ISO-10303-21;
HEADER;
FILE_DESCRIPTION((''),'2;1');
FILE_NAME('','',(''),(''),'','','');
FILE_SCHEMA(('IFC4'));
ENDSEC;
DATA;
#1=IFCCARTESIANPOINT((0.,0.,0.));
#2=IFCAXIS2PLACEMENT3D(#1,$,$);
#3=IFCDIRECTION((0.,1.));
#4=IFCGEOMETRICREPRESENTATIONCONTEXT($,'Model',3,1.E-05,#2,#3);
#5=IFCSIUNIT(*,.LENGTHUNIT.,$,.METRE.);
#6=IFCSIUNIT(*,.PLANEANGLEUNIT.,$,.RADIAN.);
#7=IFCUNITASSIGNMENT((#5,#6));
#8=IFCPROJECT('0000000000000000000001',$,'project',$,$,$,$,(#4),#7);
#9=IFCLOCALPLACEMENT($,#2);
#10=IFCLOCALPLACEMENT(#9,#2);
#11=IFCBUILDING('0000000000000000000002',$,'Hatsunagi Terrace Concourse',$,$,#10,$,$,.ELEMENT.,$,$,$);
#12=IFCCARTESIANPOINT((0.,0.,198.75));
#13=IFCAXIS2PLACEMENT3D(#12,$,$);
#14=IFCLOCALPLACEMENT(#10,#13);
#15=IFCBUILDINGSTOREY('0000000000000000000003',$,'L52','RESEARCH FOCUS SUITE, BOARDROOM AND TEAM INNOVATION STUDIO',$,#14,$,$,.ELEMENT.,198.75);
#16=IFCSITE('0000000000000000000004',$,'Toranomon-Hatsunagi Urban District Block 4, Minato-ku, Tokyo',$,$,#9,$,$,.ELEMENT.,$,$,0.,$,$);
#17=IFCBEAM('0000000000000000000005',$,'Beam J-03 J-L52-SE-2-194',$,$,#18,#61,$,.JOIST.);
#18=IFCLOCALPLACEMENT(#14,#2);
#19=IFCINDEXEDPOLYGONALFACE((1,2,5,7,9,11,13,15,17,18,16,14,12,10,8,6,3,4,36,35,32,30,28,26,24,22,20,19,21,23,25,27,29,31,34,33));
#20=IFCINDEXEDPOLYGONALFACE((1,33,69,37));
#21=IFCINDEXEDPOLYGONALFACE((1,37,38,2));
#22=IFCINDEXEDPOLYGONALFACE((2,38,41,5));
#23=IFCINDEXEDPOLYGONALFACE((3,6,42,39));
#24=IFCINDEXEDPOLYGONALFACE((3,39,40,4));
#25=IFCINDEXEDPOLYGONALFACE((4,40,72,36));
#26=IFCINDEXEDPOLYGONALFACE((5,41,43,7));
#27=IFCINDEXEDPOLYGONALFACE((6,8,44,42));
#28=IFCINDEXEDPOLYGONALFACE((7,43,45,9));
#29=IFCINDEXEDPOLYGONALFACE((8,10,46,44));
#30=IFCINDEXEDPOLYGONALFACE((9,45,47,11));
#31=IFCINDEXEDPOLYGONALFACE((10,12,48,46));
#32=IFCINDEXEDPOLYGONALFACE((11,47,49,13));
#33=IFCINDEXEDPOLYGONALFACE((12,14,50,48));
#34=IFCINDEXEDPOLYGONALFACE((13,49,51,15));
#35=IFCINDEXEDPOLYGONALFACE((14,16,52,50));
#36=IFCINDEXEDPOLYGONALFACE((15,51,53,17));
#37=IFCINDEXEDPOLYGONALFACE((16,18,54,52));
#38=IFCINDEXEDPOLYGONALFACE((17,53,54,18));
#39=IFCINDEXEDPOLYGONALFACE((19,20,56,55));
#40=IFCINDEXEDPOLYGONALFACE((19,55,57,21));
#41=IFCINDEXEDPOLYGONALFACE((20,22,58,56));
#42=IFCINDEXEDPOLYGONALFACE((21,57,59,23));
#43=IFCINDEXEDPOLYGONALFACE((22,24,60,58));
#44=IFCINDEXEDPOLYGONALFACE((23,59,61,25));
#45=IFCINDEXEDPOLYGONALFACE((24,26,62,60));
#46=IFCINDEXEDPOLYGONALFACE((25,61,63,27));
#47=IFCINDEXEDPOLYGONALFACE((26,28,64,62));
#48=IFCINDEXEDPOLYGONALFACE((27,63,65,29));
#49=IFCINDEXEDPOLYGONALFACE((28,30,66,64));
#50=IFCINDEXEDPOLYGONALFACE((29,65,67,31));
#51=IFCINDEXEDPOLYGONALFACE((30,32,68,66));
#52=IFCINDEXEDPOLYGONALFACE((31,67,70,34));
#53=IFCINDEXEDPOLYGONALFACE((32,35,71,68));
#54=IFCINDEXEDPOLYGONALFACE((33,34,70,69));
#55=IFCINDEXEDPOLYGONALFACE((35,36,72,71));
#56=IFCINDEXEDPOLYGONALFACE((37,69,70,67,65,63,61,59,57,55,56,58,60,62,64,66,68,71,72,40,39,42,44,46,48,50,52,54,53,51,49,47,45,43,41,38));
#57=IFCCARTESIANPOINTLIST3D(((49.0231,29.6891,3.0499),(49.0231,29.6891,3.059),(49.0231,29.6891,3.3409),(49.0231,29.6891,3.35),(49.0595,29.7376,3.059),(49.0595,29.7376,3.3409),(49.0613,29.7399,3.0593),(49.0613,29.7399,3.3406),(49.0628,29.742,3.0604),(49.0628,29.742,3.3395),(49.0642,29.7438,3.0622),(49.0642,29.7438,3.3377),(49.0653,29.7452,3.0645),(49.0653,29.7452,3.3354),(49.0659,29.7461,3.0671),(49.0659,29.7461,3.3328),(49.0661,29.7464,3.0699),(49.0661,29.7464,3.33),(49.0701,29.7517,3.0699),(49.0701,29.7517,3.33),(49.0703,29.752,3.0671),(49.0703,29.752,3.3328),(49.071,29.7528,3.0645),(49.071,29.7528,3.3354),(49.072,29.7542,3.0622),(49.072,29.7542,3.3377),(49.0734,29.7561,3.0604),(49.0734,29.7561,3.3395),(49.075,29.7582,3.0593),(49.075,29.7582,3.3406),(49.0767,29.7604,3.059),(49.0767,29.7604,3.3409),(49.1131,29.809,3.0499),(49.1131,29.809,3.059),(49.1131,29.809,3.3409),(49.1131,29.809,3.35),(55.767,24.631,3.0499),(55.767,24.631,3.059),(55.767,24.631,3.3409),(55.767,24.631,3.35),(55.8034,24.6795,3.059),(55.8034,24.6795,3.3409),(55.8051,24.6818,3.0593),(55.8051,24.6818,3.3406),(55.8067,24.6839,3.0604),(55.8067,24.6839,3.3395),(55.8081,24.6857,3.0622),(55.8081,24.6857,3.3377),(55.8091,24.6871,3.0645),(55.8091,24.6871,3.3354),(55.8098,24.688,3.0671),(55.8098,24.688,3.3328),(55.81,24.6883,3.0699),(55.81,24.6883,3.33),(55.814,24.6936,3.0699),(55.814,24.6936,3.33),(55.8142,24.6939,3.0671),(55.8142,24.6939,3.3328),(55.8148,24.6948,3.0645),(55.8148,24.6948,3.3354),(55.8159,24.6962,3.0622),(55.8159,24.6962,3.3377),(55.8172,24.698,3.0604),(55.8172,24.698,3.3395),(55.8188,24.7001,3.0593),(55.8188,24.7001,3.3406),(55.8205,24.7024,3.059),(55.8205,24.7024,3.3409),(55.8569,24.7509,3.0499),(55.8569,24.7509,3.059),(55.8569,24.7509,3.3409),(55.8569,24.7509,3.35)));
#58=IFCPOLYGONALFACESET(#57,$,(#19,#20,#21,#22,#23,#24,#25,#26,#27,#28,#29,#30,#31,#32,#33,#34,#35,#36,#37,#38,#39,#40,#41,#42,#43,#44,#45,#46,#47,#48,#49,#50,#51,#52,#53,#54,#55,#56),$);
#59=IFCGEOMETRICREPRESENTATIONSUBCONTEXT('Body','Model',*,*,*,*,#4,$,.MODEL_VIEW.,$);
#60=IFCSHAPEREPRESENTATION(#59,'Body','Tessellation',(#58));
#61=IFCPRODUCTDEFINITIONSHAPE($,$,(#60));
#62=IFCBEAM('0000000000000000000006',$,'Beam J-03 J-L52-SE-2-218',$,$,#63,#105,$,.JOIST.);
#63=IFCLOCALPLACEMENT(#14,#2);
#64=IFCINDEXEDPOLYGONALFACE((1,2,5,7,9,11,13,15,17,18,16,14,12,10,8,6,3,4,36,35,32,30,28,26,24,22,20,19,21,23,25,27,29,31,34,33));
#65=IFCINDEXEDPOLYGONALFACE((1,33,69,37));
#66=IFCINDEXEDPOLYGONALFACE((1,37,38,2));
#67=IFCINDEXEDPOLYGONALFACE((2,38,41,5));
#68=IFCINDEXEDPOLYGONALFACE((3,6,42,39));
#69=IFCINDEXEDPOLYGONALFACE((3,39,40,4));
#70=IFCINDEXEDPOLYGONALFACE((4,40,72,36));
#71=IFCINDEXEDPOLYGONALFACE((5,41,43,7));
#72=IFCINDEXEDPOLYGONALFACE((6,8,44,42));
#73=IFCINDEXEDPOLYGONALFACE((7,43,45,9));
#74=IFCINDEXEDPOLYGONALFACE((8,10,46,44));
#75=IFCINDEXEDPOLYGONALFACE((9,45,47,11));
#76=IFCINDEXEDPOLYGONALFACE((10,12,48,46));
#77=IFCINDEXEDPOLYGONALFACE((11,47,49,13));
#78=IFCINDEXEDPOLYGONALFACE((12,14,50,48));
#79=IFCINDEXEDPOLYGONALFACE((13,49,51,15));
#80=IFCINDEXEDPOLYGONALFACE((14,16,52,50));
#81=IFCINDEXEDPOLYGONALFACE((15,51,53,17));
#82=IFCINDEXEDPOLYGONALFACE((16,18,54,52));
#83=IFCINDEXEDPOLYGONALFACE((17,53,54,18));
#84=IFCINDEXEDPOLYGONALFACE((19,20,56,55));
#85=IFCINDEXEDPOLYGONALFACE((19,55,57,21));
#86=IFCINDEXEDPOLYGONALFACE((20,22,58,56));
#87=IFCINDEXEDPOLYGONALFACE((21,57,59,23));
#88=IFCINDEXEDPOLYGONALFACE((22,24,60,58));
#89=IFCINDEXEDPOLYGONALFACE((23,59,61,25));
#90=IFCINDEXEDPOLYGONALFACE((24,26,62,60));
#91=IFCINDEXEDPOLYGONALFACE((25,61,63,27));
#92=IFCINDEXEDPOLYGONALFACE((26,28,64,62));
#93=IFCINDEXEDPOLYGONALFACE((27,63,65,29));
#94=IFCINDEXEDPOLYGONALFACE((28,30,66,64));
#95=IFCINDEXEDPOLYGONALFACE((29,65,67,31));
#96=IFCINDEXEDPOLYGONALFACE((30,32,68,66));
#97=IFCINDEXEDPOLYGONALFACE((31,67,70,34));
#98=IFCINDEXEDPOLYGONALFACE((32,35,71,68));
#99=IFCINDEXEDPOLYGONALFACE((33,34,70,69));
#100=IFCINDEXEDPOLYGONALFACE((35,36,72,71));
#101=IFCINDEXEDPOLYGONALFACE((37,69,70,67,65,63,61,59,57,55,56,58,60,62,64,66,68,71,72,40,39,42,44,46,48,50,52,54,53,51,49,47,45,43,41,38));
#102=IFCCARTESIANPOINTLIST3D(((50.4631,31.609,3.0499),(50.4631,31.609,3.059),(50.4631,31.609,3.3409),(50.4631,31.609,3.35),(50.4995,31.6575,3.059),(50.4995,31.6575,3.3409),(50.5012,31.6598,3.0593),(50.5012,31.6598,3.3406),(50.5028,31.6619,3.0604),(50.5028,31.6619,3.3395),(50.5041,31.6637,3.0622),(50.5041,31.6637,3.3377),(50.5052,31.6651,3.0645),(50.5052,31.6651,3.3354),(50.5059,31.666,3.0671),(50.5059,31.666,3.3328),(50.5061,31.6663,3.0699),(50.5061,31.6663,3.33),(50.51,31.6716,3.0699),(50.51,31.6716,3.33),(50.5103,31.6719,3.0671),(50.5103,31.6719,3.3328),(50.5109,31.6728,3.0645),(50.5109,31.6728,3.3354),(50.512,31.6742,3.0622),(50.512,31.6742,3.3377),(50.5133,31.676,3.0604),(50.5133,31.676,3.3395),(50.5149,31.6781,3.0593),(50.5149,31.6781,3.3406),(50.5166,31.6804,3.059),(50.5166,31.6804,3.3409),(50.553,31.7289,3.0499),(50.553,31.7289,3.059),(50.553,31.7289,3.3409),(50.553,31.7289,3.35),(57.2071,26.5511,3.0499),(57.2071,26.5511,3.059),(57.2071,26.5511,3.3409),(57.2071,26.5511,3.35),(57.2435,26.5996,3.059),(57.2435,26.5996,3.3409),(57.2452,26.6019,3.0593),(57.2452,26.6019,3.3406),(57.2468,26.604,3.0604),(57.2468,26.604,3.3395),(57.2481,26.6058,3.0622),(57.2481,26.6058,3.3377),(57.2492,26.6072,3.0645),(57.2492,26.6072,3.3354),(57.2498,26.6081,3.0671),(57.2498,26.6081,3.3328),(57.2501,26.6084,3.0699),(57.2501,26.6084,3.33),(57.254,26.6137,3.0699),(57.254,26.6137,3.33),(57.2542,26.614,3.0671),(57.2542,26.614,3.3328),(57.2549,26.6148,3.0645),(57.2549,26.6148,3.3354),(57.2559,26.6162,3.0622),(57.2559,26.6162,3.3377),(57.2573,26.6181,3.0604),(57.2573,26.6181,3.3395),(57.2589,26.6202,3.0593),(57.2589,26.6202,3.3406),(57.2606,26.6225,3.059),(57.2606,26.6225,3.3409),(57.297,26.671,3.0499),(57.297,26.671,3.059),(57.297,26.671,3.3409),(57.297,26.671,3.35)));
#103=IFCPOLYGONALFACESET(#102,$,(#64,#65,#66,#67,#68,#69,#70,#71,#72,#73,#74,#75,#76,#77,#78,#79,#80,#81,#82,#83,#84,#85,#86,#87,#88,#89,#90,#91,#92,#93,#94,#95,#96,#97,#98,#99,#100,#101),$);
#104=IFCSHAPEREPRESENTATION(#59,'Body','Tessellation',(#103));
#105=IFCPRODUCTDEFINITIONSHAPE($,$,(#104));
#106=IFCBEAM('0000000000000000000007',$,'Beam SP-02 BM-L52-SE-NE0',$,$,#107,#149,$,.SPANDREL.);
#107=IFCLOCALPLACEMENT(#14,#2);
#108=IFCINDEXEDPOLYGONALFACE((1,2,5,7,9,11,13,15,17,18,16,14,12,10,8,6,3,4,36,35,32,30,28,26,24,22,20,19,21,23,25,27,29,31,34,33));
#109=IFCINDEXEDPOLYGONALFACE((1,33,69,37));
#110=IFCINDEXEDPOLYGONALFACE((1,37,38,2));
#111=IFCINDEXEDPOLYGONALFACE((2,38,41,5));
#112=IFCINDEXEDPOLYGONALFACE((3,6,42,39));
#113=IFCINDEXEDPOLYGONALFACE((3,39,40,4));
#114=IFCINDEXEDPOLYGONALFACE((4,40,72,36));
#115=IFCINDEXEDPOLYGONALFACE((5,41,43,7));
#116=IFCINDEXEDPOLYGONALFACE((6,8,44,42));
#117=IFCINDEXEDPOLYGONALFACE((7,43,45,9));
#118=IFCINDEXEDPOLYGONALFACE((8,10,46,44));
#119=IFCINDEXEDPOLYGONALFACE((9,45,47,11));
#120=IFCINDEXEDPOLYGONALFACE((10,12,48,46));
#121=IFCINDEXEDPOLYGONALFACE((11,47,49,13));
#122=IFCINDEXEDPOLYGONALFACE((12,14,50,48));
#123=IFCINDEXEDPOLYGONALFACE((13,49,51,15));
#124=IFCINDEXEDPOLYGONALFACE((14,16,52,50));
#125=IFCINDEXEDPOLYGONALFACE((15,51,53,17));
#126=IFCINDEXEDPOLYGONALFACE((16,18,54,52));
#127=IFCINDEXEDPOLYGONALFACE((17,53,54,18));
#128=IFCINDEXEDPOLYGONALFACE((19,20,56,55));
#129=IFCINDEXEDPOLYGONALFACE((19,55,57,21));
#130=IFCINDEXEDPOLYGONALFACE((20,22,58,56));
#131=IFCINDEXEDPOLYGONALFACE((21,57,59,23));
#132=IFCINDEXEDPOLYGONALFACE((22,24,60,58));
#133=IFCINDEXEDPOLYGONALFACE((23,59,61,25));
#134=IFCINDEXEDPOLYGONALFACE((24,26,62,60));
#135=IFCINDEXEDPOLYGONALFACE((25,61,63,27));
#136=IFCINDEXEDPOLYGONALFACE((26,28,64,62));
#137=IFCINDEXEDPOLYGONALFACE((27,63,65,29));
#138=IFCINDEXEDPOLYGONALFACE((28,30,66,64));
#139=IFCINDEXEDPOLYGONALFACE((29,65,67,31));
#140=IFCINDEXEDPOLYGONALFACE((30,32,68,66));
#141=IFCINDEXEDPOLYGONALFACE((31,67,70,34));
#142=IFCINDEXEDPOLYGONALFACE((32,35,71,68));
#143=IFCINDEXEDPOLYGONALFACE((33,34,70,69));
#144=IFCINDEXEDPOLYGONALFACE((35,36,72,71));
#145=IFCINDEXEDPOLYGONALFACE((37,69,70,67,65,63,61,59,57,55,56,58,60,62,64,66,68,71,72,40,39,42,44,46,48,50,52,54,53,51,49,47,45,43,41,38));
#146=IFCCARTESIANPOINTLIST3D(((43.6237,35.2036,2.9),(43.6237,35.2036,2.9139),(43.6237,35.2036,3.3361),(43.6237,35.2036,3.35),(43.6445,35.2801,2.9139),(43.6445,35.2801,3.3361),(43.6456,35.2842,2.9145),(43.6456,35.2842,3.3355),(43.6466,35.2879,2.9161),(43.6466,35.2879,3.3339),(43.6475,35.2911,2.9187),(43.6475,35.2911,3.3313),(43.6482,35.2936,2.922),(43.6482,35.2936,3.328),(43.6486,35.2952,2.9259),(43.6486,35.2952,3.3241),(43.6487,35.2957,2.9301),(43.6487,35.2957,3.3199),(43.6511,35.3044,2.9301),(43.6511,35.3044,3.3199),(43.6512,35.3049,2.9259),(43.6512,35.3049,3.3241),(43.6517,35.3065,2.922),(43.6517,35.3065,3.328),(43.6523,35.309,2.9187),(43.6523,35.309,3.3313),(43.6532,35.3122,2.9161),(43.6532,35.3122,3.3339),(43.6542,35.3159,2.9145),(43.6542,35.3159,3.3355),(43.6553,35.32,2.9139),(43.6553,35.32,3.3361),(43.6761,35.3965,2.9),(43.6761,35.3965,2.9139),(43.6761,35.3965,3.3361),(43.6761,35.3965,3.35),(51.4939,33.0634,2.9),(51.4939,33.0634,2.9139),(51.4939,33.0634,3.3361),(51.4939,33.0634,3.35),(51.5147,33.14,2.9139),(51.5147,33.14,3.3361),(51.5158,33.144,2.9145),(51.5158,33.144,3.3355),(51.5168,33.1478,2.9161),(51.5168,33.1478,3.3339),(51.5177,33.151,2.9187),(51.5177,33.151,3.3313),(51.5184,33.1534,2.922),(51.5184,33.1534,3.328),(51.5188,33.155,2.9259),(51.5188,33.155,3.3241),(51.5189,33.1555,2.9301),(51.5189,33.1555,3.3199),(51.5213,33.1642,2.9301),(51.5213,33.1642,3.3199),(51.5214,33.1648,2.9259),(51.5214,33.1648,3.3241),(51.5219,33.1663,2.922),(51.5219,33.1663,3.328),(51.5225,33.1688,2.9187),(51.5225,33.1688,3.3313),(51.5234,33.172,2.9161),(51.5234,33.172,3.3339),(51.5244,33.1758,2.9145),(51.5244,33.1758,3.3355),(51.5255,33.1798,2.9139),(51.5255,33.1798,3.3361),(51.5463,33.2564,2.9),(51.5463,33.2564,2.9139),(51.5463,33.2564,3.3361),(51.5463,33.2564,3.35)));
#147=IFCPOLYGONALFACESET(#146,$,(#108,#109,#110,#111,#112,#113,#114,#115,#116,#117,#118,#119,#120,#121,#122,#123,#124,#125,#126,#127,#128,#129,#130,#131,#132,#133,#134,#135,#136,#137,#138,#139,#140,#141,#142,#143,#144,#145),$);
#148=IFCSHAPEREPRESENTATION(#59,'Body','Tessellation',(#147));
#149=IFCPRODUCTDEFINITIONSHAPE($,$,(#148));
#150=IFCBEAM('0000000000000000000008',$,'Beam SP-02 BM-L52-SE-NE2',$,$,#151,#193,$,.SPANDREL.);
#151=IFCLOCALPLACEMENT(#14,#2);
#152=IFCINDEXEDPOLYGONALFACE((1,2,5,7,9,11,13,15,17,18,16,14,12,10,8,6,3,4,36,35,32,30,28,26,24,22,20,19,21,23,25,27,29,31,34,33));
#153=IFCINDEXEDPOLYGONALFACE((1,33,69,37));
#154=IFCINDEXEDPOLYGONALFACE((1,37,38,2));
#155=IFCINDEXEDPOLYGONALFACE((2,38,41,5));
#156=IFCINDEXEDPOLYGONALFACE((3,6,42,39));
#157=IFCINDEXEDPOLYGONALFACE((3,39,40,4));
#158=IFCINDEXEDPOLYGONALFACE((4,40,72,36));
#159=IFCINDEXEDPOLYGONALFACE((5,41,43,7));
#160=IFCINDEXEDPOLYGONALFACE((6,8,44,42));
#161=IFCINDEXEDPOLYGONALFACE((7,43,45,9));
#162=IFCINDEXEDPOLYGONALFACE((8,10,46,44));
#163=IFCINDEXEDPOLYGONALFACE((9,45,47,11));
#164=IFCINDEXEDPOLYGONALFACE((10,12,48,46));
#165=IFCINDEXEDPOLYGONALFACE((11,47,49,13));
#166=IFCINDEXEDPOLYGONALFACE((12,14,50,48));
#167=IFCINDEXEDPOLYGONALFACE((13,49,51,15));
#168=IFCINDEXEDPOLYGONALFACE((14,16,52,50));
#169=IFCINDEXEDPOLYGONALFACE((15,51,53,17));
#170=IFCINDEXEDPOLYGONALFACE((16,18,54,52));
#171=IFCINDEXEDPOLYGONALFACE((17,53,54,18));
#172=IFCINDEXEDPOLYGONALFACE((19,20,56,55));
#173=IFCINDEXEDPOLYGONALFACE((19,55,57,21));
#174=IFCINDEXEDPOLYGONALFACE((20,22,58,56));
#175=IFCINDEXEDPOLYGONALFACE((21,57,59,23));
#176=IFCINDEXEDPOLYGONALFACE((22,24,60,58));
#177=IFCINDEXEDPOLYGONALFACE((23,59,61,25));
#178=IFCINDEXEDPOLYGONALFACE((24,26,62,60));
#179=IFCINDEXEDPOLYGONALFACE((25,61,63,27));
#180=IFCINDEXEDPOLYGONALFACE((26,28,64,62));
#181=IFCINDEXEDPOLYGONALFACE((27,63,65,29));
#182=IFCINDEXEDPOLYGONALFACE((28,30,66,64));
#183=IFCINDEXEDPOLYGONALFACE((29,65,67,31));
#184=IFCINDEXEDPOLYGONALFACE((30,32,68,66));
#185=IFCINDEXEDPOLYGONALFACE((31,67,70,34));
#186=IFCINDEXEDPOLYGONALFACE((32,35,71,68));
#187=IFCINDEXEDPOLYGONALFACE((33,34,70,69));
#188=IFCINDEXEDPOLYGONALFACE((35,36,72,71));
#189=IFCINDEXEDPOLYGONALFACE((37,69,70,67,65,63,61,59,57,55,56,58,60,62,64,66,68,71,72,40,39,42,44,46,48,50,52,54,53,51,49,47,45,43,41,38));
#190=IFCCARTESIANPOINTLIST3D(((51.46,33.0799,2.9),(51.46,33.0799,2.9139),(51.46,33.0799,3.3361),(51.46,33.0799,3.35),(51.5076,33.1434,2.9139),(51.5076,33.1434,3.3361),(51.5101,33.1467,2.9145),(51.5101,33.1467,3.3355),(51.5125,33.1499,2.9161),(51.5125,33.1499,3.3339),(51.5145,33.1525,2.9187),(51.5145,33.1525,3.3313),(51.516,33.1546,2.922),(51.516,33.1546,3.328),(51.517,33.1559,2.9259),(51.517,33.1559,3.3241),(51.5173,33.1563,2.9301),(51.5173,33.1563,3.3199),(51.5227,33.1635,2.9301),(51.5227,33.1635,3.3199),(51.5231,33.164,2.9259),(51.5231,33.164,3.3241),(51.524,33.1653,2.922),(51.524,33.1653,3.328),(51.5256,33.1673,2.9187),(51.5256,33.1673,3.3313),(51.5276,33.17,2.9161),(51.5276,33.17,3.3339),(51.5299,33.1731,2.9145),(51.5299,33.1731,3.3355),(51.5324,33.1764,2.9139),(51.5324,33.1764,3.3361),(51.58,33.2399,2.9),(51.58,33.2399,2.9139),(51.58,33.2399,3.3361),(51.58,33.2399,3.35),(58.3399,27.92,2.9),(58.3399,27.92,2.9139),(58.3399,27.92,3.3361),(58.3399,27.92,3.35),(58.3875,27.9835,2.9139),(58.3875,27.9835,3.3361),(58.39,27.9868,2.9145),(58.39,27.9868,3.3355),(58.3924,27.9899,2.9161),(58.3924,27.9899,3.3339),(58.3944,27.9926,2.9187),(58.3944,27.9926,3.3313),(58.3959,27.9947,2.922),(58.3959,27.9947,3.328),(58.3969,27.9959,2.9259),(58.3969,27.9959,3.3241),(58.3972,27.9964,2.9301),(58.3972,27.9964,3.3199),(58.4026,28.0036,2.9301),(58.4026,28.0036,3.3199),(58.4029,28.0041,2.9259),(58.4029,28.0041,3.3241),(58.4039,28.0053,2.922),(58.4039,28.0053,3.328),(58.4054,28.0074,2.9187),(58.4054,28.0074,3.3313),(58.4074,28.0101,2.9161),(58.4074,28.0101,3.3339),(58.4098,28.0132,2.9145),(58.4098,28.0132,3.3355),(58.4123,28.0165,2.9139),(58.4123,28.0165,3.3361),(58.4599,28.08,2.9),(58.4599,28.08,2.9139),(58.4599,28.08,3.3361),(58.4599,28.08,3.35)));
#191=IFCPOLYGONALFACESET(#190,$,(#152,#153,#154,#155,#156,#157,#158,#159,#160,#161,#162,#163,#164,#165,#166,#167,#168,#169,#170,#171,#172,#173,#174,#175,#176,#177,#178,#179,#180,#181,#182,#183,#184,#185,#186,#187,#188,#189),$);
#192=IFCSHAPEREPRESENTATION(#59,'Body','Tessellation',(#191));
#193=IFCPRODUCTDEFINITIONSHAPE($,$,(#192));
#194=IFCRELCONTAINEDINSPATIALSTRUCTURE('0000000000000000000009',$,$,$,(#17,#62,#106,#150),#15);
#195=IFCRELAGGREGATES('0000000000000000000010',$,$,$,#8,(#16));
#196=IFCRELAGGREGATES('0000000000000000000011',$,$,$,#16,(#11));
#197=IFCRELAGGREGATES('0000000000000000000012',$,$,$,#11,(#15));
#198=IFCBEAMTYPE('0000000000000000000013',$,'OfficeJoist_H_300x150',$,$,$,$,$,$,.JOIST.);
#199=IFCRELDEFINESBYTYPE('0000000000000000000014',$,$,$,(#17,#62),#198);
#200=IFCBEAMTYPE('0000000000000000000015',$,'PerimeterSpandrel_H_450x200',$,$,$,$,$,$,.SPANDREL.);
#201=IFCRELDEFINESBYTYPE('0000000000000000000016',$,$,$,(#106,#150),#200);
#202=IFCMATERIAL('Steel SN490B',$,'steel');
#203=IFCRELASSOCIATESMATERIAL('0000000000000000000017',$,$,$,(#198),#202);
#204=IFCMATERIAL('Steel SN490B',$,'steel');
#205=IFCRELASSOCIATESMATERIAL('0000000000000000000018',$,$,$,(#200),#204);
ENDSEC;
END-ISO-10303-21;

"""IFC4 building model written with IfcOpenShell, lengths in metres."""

from ifc_helpers import new_model, si_unit, direction, frame, origin, origin_2d, place, context, subcontext, project, spatial, i_section, extrude, material, material_profile, profile_set, type_object, element, save


model = new_model("IFC4")

# Units and contexts
model_context = context("Model", 3, precision=1e-05, world=origin(), true_north=direction((0.0, 1.0)))
body_context = subcontext(model_context, "Body", "Model", "MODEL_VIEW")
ifc_project = project(units=[si_unit("LENGTHUNIT", "METRE"), si_unit("PLANEANGLEUNIT", "RADIAN")], contexts=[model_context])

# Site, building, storey
site_placement = place(None, origin())
site = spatial("IfcSite", under=ifc_project, at=site_placement, Name="Toranomon-Hatsunagi Urban District Block 4, Minato-ku, Tokyo", CompositionType="ELEMENT", RefElevation=0.0)
building_placement = place(site_placement, origin())
building = spatial("IfcBuilding", under=site, at=building_placement, Name="Hatsunagi Terrace Concourse", CompositionType="ELEMENT")
storey_placement = place(building_placement, frame((0.0, 0.0, 198.75)))
storey = spatial("IfcBuildingStorey", under=building, at=storey_placement, Name="L52", Description="RESEARCH FOCUS SUITE, BOARDROOM AND TEAM INNOVATION STUDIO", CompositionType="ELEMENT", Elevation=198.75)

# Beams
ifc_material_1 = material(Name="Steel SN490B", Category="steel")
ifc_material_profile_1 = material_profile(ifc_material_1, i_section(OverallWidth=0.1499, OverallDepth=0.3, WebThickness=0.0066, FlangeThickness=0.009, FilletRadius=0.011, at=origin_2d()), Name="H-300x150x6.5x9")
ifc_profile_set_1 = profile_set([ifc_material_profile_1], Name="Steel SN490B")
beam_type_1 = type_object("IfcBeamType", Name="OfficeJoist_H_300x150", PredefinedType="JOIST", material=ifc_profile_set_1)
for number, where, z_axis, x_axis, name in (
    (1, (49.0681, 29.749, 3.2), (0.79999, -0.600014, 0.0), (0.600014, 0.79999, 0.0), "Beam J-03 J-L52-SE-2-194"),
    (2, (50.5081, 31.6689, 3.2), (0.800003, -0.599995, 0.0), (0.599995, 0.800003, 0.0), "Beam J-03 J-L52-SE-2-218"),
):
    element("IfcBeam", number, at=place(storey_placement, frame(where, z_axis=z_axis, x_axis=x_axis)), inside=storey, type_object=beam_type_1, Name=name, PredefinedType="JOIST", context=body_context, shape_type="SweptSolid", body=[
        extrude(i_section(OverallWidth=0.1499, OverallDepth=0.3, WebThickness=0.0066, FlangeThickness=0.009, FilletRadius=0.011, at=origin_2d()), origin(), (0.0, 0.0, 1.0), 8.4299),
    ])
ifc_material_2 = material(Name="Steel SN490B", Category="steel")
ifc_material_profile_2 = material_profile(ifc_material_2, i_section(OverallWidth=0.2, OverallDepth=0.45, WebThickness=0.009, FlangeThickness=0.0139, FilletRadius=0.0161, at=origin_2d()), Name="H-450x200x9x14")
ifc_profile_set_2 = profile_set([ifc_material_profile_2], Name="Steel SN490B")
beam_type_2 = type_object("IfcBeamType", Name="PerimeterSpandrel_H_450x200", PredefinedType="SPANDREL", material=ifc_profile_set_2)
beam_1_placement = place(storey_placement, frame((43.6499, 35.3, 3.125), z_axis=(0.964958, -0.262403, 0.0), x_axis=(0.262403, 0.964958, 0.0)))
element("IfcBeam", 3, at=beam_1_placement, inside=storey, type_object=beam_type_2, Name="Beam SP-02 BM-L52-SE-NE0", PredefinedType="SPANDREL", context=body_context, shape_type="SweptSolid", body=[
    extrude(i_section(OverallWidth=0.2, OverallDepth=0.45, WebThickness=0.009, FlangeThickness=0.0139, FilletRadius=0.0161, at=origin_2d()), origin(), (0.0, 0.0, 1.0), 8.156),
])
beam_2_placement = place(storey_placement, frame((51.52, 33.1599, 3.125), z_axis=(0.8, -0.6, 0.0), x_axis=(0.6, 0.8, 0.0)))
element("IfcBeam", 4, at=beam_2_placement, inside=storey, type_object=beam_type_2, Name="Beam SP-02 BM-L52-SE-NE2", PredefinedType="SPANDREL", context=body_context, shape_type="SweptSolid", body=[
    extrude(i_section(OverallWidth=0.2, OverallDepth=0.45, WebThickness=0.009, FlangeThickness=0.0139, FilletRadius=0.0161, at=origin_2d()), origin(), (0.0, 0.0, 1.0), 8.5999),
])

save(model, "model.ifc")
